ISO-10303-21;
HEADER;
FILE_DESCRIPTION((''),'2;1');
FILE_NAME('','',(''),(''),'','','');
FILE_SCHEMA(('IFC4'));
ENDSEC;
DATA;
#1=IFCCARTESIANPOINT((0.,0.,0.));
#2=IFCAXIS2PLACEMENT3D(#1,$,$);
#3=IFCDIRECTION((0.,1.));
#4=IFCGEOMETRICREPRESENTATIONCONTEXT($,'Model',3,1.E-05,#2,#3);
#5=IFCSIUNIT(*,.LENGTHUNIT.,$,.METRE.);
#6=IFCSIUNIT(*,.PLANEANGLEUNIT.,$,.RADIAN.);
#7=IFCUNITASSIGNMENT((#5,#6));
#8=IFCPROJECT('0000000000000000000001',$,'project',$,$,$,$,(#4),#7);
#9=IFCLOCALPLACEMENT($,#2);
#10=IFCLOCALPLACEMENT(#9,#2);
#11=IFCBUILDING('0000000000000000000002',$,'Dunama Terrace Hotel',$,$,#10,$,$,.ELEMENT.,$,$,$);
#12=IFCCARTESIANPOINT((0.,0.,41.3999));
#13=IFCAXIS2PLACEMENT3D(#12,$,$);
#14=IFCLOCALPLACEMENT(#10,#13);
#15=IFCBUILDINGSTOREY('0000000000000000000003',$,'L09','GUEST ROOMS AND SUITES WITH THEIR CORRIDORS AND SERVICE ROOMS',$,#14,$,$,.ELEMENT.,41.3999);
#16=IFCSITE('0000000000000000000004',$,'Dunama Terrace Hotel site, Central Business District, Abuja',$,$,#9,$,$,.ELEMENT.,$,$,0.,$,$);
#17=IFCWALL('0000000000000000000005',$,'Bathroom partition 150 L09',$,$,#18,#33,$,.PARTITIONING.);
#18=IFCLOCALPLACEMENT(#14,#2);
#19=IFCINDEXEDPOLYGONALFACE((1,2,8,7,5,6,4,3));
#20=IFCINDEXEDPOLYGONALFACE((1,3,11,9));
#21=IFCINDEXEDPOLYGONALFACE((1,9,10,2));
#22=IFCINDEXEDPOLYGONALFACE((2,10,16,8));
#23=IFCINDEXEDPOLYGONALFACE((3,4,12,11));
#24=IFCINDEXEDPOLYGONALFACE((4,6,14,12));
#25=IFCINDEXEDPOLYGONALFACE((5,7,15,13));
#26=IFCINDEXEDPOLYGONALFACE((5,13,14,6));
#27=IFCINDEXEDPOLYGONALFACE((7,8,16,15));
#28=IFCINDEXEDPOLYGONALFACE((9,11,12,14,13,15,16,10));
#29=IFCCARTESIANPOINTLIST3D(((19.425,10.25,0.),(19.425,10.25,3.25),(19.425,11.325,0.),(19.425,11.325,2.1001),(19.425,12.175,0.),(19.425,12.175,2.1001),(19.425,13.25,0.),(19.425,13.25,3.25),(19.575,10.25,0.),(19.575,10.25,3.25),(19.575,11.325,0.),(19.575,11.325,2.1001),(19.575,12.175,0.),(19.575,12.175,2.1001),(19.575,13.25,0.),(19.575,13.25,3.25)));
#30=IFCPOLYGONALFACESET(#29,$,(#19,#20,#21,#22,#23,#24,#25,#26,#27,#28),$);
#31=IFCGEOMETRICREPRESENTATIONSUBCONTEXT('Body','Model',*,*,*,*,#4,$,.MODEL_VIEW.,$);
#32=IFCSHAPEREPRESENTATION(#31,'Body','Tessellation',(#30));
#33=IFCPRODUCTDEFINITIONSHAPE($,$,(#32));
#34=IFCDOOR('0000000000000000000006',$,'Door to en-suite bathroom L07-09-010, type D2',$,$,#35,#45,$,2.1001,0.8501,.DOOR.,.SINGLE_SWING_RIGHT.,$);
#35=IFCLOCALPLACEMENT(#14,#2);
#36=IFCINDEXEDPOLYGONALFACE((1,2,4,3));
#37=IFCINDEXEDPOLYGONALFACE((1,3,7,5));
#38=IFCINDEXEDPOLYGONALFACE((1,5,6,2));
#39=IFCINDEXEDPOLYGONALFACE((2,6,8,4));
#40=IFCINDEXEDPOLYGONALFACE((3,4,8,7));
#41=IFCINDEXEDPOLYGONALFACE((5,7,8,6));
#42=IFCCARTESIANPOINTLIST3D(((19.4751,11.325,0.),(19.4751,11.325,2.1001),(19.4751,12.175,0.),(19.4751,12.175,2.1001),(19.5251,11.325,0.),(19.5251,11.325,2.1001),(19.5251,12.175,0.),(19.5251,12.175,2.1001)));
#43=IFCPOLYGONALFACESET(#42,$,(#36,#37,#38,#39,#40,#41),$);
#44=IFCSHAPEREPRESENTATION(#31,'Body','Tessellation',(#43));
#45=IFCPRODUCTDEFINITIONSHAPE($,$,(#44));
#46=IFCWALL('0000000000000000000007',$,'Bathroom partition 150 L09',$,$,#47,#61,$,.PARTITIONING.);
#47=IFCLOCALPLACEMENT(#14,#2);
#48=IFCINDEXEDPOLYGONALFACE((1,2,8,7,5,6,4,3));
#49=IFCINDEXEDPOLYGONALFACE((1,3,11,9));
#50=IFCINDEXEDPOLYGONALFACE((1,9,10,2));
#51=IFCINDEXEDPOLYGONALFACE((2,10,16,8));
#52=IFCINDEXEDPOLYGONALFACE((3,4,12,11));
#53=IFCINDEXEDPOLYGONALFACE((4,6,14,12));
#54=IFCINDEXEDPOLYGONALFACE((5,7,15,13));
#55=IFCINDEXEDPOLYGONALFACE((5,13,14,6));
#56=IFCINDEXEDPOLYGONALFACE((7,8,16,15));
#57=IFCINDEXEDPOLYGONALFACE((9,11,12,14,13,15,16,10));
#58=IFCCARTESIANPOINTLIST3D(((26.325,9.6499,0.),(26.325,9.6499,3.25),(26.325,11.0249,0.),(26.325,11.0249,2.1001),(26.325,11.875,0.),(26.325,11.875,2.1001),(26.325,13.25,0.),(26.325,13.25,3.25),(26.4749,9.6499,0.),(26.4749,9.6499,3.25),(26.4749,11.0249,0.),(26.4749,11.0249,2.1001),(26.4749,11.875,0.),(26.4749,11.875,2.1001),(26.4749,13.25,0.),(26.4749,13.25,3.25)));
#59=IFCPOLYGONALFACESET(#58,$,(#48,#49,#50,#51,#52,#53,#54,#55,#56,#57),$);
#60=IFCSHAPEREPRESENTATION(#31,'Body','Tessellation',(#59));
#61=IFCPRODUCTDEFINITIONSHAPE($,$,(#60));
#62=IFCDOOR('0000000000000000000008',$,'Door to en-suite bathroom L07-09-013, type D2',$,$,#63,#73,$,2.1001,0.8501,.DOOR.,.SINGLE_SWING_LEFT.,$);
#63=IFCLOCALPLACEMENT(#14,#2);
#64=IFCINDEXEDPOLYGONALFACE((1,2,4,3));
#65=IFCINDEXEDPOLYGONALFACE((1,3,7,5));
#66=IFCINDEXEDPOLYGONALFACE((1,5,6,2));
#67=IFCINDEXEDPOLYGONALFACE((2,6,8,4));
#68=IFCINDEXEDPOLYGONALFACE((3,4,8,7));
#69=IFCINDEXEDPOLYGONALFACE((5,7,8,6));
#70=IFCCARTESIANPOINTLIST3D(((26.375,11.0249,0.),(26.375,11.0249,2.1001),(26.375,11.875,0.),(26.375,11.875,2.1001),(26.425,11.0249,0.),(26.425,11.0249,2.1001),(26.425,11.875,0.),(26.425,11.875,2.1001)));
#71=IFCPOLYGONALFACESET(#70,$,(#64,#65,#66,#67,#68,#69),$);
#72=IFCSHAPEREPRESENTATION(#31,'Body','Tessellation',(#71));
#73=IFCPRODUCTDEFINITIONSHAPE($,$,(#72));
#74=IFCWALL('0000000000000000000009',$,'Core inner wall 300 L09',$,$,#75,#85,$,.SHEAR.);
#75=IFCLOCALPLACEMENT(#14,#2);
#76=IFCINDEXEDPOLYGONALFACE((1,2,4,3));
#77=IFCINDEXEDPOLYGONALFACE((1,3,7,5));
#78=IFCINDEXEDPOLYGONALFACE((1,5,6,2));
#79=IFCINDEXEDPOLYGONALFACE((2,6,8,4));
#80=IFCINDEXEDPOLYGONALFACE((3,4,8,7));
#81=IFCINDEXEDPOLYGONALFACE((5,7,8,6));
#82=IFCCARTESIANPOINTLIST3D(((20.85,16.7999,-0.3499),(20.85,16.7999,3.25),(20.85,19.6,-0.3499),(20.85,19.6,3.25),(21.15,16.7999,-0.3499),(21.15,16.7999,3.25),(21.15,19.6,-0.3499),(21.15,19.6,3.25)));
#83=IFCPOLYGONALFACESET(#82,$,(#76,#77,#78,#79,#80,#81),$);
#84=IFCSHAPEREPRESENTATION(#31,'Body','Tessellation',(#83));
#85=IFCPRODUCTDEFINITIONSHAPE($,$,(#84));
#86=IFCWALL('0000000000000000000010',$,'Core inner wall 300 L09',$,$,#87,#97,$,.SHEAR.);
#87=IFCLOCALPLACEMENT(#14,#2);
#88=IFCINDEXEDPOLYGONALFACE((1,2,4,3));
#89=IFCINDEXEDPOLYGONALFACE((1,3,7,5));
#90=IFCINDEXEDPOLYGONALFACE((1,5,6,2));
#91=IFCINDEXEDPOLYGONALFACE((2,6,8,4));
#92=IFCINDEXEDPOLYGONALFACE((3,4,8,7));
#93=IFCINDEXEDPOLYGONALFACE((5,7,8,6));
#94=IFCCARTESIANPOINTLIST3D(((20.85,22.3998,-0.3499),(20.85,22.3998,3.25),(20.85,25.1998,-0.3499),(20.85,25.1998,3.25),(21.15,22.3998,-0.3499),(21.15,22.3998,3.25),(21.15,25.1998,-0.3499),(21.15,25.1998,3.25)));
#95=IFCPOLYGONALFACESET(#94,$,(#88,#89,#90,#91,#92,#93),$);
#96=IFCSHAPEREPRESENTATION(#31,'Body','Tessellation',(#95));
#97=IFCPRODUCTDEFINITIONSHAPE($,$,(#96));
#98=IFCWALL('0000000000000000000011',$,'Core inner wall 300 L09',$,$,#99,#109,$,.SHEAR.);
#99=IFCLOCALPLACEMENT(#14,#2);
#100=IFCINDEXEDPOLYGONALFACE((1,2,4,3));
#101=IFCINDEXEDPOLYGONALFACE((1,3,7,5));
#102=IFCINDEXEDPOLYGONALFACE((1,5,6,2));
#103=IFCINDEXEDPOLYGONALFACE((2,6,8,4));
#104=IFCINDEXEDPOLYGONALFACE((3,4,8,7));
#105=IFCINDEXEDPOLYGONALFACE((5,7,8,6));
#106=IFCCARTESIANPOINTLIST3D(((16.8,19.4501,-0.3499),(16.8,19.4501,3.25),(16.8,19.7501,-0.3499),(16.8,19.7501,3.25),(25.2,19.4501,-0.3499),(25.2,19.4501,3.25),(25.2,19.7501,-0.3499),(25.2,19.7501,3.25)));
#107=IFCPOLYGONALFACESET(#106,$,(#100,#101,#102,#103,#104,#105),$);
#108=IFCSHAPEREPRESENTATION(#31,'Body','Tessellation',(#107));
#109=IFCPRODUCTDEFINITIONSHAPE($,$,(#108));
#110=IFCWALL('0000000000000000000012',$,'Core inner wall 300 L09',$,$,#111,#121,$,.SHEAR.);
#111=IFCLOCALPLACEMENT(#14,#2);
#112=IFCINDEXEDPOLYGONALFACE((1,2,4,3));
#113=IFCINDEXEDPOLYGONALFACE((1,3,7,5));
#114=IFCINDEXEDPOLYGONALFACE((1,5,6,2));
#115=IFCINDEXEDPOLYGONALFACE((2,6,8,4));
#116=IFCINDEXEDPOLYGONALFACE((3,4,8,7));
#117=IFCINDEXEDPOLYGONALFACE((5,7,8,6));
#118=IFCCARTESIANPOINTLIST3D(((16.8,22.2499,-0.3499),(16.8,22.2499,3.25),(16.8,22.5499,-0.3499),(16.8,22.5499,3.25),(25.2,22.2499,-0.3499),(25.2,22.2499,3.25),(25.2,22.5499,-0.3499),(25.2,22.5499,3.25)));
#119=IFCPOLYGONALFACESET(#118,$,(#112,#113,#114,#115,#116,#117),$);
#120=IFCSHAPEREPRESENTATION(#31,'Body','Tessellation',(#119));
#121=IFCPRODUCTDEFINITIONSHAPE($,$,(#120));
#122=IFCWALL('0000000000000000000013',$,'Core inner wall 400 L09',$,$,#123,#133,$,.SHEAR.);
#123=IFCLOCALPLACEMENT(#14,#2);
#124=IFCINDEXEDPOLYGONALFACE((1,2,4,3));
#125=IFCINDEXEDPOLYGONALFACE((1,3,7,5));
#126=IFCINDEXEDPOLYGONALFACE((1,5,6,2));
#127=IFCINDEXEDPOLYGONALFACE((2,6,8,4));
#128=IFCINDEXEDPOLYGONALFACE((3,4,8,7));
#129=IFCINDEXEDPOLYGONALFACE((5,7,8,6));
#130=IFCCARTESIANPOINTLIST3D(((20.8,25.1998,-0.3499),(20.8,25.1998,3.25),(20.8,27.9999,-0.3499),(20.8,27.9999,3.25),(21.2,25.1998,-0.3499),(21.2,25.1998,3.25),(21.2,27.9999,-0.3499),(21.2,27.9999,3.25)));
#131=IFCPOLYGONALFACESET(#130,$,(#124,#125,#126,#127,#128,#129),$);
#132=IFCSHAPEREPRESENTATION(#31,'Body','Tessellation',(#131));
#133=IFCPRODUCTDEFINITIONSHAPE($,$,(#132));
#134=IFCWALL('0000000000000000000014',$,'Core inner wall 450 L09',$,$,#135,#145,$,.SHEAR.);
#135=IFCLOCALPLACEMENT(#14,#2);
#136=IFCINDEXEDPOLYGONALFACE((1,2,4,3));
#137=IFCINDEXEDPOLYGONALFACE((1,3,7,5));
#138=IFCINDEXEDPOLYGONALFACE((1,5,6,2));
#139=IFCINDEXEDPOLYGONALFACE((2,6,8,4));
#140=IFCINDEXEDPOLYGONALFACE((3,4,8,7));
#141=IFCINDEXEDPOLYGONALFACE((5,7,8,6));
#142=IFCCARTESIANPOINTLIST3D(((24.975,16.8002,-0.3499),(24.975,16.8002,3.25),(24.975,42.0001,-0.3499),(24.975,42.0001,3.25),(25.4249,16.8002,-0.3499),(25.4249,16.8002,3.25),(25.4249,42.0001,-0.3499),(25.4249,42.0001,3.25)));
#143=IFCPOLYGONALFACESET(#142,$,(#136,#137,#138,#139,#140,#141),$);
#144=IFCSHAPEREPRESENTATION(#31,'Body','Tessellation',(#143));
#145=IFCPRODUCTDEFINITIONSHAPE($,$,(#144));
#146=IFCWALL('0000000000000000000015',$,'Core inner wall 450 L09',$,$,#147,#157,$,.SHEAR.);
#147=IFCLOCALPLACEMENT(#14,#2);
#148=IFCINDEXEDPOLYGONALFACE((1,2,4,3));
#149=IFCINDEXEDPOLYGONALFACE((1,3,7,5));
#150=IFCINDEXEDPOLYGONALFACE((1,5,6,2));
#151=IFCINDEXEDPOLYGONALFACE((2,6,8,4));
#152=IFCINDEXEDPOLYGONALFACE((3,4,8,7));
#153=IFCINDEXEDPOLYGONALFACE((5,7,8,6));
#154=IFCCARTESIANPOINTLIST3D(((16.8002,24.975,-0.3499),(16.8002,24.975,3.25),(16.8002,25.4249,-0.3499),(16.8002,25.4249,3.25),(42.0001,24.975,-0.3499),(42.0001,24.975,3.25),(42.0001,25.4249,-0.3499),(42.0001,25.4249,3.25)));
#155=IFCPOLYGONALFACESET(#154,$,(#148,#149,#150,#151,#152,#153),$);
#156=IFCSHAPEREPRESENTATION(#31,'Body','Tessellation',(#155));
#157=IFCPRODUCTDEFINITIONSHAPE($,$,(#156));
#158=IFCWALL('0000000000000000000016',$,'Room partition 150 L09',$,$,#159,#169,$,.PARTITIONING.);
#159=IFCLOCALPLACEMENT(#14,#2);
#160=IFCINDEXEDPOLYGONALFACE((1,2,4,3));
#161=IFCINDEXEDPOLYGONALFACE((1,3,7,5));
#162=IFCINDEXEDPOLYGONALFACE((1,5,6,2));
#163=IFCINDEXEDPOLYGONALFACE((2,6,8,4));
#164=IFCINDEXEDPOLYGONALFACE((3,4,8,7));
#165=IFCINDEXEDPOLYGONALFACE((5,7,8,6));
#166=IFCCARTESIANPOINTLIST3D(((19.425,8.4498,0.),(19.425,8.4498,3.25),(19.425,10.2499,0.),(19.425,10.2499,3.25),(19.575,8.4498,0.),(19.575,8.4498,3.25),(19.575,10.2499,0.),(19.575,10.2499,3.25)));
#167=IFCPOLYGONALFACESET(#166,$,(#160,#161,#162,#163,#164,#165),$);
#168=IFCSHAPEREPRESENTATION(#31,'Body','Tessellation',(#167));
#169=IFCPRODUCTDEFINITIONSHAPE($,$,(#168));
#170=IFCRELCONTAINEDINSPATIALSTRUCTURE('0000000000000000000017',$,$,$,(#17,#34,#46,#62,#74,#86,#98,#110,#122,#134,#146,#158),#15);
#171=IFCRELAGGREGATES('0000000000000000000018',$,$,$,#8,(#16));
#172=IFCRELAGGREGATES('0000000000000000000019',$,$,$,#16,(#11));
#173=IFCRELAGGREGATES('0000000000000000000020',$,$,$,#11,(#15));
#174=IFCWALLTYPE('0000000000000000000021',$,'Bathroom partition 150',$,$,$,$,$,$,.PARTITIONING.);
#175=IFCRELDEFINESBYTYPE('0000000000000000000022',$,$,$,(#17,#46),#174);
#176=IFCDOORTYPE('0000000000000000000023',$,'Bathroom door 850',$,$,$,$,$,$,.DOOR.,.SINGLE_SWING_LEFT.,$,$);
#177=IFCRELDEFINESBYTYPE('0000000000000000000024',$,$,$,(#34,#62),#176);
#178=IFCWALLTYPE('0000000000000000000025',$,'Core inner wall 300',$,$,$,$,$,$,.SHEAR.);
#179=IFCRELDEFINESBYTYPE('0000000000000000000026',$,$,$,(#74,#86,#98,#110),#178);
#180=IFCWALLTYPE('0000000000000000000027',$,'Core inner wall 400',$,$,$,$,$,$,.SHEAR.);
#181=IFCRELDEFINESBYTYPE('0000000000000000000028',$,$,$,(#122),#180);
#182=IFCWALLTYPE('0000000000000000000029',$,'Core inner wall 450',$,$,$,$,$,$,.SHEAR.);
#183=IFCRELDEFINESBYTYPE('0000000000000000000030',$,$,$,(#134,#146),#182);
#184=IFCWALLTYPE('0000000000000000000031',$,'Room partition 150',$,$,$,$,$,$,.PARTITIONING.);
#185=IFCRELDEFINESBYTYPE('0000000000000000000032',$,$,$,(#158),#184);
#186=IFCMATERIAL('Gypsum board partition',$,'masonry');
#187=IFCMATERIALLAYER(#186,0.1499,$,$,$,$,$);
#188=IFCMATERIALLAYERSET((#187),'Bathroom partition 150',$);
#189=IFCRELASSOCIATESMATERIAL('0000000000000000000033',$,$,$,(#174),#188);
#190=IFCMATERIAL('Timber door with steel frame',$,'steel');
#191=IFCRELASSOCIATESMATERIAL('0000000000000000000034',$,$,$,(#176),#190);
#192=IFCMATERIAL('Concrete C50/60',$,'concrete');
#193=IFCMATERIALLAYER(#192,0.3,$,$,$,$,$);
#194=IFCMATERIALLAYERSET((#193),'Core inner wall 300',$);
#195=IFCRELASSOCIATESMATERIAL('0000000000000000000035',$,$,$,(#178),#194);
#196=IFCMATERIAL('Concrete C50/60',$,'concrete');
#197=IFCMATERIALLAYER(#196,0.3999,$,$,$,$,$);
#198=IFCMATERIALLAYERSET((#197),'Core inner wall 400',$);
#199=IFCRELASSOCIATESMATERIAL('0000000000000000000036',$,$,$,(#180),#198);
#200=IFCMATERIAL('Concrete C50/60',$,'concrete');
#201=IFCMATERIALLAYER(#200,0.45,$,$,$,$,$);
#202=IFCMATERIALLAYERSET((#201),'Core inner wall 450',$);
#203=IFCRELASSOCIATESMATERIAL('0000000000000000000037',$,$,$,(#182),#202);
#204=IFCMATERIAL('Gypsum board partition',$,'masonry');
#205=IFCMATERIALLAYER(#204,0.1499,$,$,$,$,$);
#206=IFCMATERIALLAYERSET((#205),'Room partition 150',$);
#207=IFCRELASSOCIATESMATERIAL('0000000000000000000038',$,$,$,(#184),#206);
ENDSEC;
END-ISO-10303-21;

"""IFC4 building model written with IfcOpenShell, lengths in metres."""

from ifc_helpers import new_model, si_unit, direction, frame, frame_2d, origin, place, context, subcontext, project, spatial, rectangle, extrude, material, layer, layer_set, type_object, element, fill, save


model = new_model("IFC4")

# Units and contexts
model_context = context("Model", 3, precision=1e-05, world=origin(), true_north=direction((0.0, 1.0)))
body_context = subcontext(model_context, "Body", "Model", "MODEL_VIEW")
ifc_project = project(units=[si_unit("LENGTHUNIT", "METRE"), si_unit("PLANEANGLEUNIT", "RADIAN")], contexts=[model_context])

# Site, building, storey
site_placement = place(None, origin())
site = spatial("IfcSite", under=ifc_project, at=site_placement, Name="Dunama Terrace Hotel site, Central Business District, Abuja", CompositionType="ELEMENT", RefElevation=0.0)
building_placement = place(site_placement, origin())
building = spatial("IfcBuilding", under=site, at=building_placement, Name="Dunama Terrace Hotel", CompositionType="ELEMENT")
storey_placement = place(building_placement, frame((0.0, 0.0, 41.3999)))
storey = spatial("IfcBuildingStorey", under=building, at=storey_placement, Name="L09", Description="GUEST ROOMS AND SUITES WITH THEIR CORRIDORS AND SERVICE ROOMS", CompositionType="ELEMENT", Elevation=41.3999)

# Walls, openings, doors
ifc_material_1 = material(Name="Gypsum board partition", Category="masonry")
ifc_layer_1 = layer(ifc_material_1, 0.1499)
ifc_layer_set_1 = layer_set([ifc_layer_1], Name="Bathroom partition 150")
wall_type_1 = type_object("IfcWallType", Name="Bathroom partition 150", PredefinedType="PARTITIONING", material=ifc_layer_set_1)
wall_1_placement = place(storey_placement, frame((19.5, 10.25, 0.0), z_axis=(0.0, 0.0, 1.0), x_axis=(0.0, 1.0, 0.0)))
wall_1 = element("IfcWall", 1, at=wall_1_placement, inside=storey, type_object=wall_type_1, Name="Bathroom partition 150 L09", PredefinedType="PARTITIONING", context=body_context, shape_type="SweptSolid", body=[
    extrude(rectangle(XDim=3.0, YDim=0.1499, at=frame_2d((1.5, 0.0))), origin(), (0.0, 0.0, 1.0), 3.25),
])
opening_1_placement = place(wall_1_placement, frame((1.075, 0.0, 0.0)))
opening_1 = element("IfcOpeningElement", 2, at=opening_1_placement, cuts=wall_1, PredefinedType="OPENING", context=body_context, shape_type="SweptSolid", body=[
    extrude(rectangle(XDim=0.8501, YDim=2.1001, at=frame_2d((0.425, 1.05))), frame((0.0, 0.085, 0.0), z_axis=(0.0, -1.0, 0.0), x_axis=(1.0, 0.0, 0.0)), (0.0, 0.0, 1.0), 0.1699),
])
ifc_material_2 = material(Name="Timber door with steel frame", Category="steel")
door_type_1 = type_object("IfcDoorType", Name="Bathroom door 850", OperationType="SINGLE_SWING_LEFT", PredefinedType="DOOR", material=ifc_material_2)
door_1_placement = place(opening_1_placement, origin())
door_1 = element("IfcDoor", 3, at=door_1_placement, inside=storey, type_object=door_type_1, Name="Door to en-suite bathroom L07-09-010, type D2", OperationType="SINGLE_SWING_RIGHT", OverallHeight=2.1001, OverallWidth=0.8501, PredefinedType="DOOR", context=body_context, shape_type="SweptSolid", body=[
    extrude(rectangle(XDim=0.8501, YDim=2.1001, at=frame_2d((0.425, 1.05))), frame((0.0, 0.0249, 0.0), z_axis=(0.0, -1.0, 0.0), x_axis=(1.0, 0.0, 0.0)), (0.0, 0.0, 1.0), 0.05),
])
fill(opening_1, door_1)
wall_2_placement = place(storey_placement, frame((26.3999, 9.6499, 0.0), z_axis=(0.0, 0.0, 1.0), x_axis=(0.0, 1.0, 0.0)))
wall_2 = element("IfcWall", 4, at=wall_2_placement, inside=storey, type_object=wall_type_1, Name="Bathroom partition 150 L09", PredefinedType="PARTITIONING", context=body_context, shape_type="SweptSolid", body=[
    extrude(rectangle(XDim=3.6001, YDim=0.1499, at=frame_2d((1.8, 0.0))), origin(), (0.0, 0.0, 1.0), 3.25),
])
opening_2_placement = place(wall_2_placement, frame((1.375, 0.0, 0.0)))
opening_2 = element("IfcOpeningElement", 5, at=opening_2_placement, cuts=wall_2, PredefinedType="OPENING", context=body_context, shape_type="SweptSolid", body=[
    extrude(rectangle(XDim=0.8501, YDim=2.1001, at=frame_2d((0.425, 1.05))), frame((0.0, 0.085, 0.0), z_axis=(0.0, -1.0, 0.0), x_axis=(1.0, 0.0, 0.0)), (0.0, 0.0, 1.0), 0.1699),
])
door_2_placement = place(opening_2_placement, frame((0.8501, 0.0, 0.0), z_axis=(0.0, 0.0, 1.0), x_axis=(-1.0, 0.0, 0.0)))
door_2 = element("IfcDoor", 6, at=door_2_placement, inside=storey, type_object=door_type_1, Name="Door to en-suite bathroom L07-09-013, type D2", OperationType="SINGLE_SWING_LEFT", OverallHeight=2.1001, OverallWidth=0.8501, PredefinedType="DOOR", context=body_context, shape_type="SweptSolid", body=[
    extrude(rectangle(XDim=0.8501, YDim=2.1001, at=frame_2d((0.425, 1.05))), frame((0.0, 0.0251, 0.0), z_axis=(0.0, -1.0, 0.0), x_axis=(1.0, 0.0, 0.0)), (0.0, 0.0, 1.0), 0.05),
])
fill(opening_2, door_2)

# Walls
ifc_material_3 = material(Name="Concrete C50/60", Category="concrete")
ifc_layer_2 = layer(ifc_material_3, 0.3)
ifc_layer_set_2 = layer_set([ifc_layer_2], Name="Core inner wall 300")
wall_type_2 = type_object("IfcWallType", Name="Core inner wall 300", PredefinedType="SHEAR", material=ifc_layer_set_2)
for number, where, z_axis, x_axis, name in (
    (7, (21.0, 16.8, -0.3499), (0.0, 0.0, 1.0), (0.0, 1.0, 0.0), "Core inner wall 300 L09"),
    (8, (21.0, 22.3999, -0.3499), (0.0, 0.0, 1.0), (0.0, 1.0, 0.0), "Core inner wall 300 L09"),
):
    element("IfcWall", number, at=place(storey_placement, frame(where, z_axis=z_axis, x_axis=x_axis)), inside=storey, type_object=wall_type_2, Name=name, PredefinedType="SHEAR", context=body_context, shape_type="SweptSolid", body=[
        extrude(rectangle(XDim=2.8, YDim=0.3, at=frame_2d((1.3999, 0.0))), origin(), (0.0, 0.0, 1.0), 3.5999),
    ])
for number, where, z_axis, x_axis, name in (
    (9, (16.8, 19.6001, -0.3499), (0.0, 0.0, 1.0), (1.0, 0.0, 0.0), "Core inner wall 300 L09"),
    (10, (16.8, 22.3999, -0.3499), (0.0, 0.0, 1.0), (1.0, 0.0, 0.0), "Core inner wall 300 L09"),
):
    element("IfcWall", number, at=place(storey_placement, frame(where, z_axis=z_axis, x_axis=x_axis)), inside=storey, type_object=wall_type_2, Name=name, PredefinedType="SHEAR", context=body_context, shape_type="SweptSolid", body=[
        extrude(rectangle(XDim=8.3999, YDim=0.3, at=frame_2d((4.2, 0.0))), origin(), (0.0, 0.0, 1.0), 3.5999),
    ])
ifc_material_4 = material(Name="Concrete C50/60", Category="concrete")
ifc_layer_3 = layer(ifc_material_4, 0.3999)
ifc_layer_set_3 = layer_set([ifc_layer_3], Name="Core inner wall 400")
wall_type_3 = type_object("IfcWallType", Name="Core inner wall 400", PredefinedType="SHEAR", material=ifc_layer_set_3)
wall_3_placement = place(storey_placement, frame((21.0, 25.2, -0.3499), z_axis=(0.0, 0.0, 1.0), x_axis=(0.0, 1.0, 0.0)))
element("IfcWall", 11, at=wall_3_placement, inside=storey, type_object=wall_type_3, Name="Core inner wall 400 L09", PredefinedType="SHEAR", context=body_context, shape_type="SweptSolid", body=[
    extrude(rectangle(XDim=2.8, YDim=0.3999, at=frame_2d((1.3999, 0.0))), origin(), (0.0, 0.0, 1.0), 3.5999),
])
ifc_material_5 = material(Name="Concrete C50/60", Category="concrete")
ifc_layer_4 = layer(ifc_material_5, 0.45)
ifc_layer_set_4 = layer_set([ifc_layer_4], Name="Core inner wall 450")
wall_type_4 = type_object("IfcWallType", Name="Core inner wall 450", PredefinedType="SHEAR", material=ifc_layer_set_4)
for number, where, z_axis, x_axis, name in (
    (12, (25.2, 16.8, -0.3499), (0.0, 0.0, 1.0), (0.0, 1.0, 0.0), "Core inner wall 450 L09"),
    (13, (16.8, 25.2, -0.3499), (0.0, 0.0, 1.0), (1.0, 0.0, 0.0), "Core inner wall 450 L09"),
):
    element("IfcWall", number, at=place(storey_placement, frame(where, z_axis=z_axis, x_axis=x_axis)), inside=storey, type_object=wall_type_4, Name=name, PredefinedType="SHEAR", context=body_context, shape_type="SweptSolid", body=[
        extrude(rectangle(XDim=25.2, YDim=0.45, at=frame_2d((12.6001, 0.0))), origin(), (0.0, 0.0, 1.0), 3.5999),
    ])
ifc_material_6 = material(Name="Gypsum board partition", Category="masonry")
ifc_layer_5 = layer(ifc_material_6, 0.1499)
ifc_layer_set_5 = layer_set([ifc_layer_5], Name="Room partition 150")
wall_type_5 = type_object("IfcWallType", Name="Room partition 150", PredefinedType="PARTITIONING", material=ifc_layer_set_5)
wall_4_placement = place(storey_placement, frame((19.5, 8.45, 0.0), z_axis=(0.0, 0.0, 1.0), x_axis=(0.0, 1.0, 0.0)))
element("IfcWall", 14, at=wall_4_placement, inside=storey, type_object=wall_type_5, Name="Room partition 150 L09", PredefinedType="PARTITIONING", context=body_context, shape_type="SweptSolid", body=[
    extrude(rectangle(XDim=1.8, YDim=0.1499, at=frame_2d((0.8999, 0.0))), origin(), (0.0, 0.0, 1.0), 3.25),
])

save(model, "model.ifc")
